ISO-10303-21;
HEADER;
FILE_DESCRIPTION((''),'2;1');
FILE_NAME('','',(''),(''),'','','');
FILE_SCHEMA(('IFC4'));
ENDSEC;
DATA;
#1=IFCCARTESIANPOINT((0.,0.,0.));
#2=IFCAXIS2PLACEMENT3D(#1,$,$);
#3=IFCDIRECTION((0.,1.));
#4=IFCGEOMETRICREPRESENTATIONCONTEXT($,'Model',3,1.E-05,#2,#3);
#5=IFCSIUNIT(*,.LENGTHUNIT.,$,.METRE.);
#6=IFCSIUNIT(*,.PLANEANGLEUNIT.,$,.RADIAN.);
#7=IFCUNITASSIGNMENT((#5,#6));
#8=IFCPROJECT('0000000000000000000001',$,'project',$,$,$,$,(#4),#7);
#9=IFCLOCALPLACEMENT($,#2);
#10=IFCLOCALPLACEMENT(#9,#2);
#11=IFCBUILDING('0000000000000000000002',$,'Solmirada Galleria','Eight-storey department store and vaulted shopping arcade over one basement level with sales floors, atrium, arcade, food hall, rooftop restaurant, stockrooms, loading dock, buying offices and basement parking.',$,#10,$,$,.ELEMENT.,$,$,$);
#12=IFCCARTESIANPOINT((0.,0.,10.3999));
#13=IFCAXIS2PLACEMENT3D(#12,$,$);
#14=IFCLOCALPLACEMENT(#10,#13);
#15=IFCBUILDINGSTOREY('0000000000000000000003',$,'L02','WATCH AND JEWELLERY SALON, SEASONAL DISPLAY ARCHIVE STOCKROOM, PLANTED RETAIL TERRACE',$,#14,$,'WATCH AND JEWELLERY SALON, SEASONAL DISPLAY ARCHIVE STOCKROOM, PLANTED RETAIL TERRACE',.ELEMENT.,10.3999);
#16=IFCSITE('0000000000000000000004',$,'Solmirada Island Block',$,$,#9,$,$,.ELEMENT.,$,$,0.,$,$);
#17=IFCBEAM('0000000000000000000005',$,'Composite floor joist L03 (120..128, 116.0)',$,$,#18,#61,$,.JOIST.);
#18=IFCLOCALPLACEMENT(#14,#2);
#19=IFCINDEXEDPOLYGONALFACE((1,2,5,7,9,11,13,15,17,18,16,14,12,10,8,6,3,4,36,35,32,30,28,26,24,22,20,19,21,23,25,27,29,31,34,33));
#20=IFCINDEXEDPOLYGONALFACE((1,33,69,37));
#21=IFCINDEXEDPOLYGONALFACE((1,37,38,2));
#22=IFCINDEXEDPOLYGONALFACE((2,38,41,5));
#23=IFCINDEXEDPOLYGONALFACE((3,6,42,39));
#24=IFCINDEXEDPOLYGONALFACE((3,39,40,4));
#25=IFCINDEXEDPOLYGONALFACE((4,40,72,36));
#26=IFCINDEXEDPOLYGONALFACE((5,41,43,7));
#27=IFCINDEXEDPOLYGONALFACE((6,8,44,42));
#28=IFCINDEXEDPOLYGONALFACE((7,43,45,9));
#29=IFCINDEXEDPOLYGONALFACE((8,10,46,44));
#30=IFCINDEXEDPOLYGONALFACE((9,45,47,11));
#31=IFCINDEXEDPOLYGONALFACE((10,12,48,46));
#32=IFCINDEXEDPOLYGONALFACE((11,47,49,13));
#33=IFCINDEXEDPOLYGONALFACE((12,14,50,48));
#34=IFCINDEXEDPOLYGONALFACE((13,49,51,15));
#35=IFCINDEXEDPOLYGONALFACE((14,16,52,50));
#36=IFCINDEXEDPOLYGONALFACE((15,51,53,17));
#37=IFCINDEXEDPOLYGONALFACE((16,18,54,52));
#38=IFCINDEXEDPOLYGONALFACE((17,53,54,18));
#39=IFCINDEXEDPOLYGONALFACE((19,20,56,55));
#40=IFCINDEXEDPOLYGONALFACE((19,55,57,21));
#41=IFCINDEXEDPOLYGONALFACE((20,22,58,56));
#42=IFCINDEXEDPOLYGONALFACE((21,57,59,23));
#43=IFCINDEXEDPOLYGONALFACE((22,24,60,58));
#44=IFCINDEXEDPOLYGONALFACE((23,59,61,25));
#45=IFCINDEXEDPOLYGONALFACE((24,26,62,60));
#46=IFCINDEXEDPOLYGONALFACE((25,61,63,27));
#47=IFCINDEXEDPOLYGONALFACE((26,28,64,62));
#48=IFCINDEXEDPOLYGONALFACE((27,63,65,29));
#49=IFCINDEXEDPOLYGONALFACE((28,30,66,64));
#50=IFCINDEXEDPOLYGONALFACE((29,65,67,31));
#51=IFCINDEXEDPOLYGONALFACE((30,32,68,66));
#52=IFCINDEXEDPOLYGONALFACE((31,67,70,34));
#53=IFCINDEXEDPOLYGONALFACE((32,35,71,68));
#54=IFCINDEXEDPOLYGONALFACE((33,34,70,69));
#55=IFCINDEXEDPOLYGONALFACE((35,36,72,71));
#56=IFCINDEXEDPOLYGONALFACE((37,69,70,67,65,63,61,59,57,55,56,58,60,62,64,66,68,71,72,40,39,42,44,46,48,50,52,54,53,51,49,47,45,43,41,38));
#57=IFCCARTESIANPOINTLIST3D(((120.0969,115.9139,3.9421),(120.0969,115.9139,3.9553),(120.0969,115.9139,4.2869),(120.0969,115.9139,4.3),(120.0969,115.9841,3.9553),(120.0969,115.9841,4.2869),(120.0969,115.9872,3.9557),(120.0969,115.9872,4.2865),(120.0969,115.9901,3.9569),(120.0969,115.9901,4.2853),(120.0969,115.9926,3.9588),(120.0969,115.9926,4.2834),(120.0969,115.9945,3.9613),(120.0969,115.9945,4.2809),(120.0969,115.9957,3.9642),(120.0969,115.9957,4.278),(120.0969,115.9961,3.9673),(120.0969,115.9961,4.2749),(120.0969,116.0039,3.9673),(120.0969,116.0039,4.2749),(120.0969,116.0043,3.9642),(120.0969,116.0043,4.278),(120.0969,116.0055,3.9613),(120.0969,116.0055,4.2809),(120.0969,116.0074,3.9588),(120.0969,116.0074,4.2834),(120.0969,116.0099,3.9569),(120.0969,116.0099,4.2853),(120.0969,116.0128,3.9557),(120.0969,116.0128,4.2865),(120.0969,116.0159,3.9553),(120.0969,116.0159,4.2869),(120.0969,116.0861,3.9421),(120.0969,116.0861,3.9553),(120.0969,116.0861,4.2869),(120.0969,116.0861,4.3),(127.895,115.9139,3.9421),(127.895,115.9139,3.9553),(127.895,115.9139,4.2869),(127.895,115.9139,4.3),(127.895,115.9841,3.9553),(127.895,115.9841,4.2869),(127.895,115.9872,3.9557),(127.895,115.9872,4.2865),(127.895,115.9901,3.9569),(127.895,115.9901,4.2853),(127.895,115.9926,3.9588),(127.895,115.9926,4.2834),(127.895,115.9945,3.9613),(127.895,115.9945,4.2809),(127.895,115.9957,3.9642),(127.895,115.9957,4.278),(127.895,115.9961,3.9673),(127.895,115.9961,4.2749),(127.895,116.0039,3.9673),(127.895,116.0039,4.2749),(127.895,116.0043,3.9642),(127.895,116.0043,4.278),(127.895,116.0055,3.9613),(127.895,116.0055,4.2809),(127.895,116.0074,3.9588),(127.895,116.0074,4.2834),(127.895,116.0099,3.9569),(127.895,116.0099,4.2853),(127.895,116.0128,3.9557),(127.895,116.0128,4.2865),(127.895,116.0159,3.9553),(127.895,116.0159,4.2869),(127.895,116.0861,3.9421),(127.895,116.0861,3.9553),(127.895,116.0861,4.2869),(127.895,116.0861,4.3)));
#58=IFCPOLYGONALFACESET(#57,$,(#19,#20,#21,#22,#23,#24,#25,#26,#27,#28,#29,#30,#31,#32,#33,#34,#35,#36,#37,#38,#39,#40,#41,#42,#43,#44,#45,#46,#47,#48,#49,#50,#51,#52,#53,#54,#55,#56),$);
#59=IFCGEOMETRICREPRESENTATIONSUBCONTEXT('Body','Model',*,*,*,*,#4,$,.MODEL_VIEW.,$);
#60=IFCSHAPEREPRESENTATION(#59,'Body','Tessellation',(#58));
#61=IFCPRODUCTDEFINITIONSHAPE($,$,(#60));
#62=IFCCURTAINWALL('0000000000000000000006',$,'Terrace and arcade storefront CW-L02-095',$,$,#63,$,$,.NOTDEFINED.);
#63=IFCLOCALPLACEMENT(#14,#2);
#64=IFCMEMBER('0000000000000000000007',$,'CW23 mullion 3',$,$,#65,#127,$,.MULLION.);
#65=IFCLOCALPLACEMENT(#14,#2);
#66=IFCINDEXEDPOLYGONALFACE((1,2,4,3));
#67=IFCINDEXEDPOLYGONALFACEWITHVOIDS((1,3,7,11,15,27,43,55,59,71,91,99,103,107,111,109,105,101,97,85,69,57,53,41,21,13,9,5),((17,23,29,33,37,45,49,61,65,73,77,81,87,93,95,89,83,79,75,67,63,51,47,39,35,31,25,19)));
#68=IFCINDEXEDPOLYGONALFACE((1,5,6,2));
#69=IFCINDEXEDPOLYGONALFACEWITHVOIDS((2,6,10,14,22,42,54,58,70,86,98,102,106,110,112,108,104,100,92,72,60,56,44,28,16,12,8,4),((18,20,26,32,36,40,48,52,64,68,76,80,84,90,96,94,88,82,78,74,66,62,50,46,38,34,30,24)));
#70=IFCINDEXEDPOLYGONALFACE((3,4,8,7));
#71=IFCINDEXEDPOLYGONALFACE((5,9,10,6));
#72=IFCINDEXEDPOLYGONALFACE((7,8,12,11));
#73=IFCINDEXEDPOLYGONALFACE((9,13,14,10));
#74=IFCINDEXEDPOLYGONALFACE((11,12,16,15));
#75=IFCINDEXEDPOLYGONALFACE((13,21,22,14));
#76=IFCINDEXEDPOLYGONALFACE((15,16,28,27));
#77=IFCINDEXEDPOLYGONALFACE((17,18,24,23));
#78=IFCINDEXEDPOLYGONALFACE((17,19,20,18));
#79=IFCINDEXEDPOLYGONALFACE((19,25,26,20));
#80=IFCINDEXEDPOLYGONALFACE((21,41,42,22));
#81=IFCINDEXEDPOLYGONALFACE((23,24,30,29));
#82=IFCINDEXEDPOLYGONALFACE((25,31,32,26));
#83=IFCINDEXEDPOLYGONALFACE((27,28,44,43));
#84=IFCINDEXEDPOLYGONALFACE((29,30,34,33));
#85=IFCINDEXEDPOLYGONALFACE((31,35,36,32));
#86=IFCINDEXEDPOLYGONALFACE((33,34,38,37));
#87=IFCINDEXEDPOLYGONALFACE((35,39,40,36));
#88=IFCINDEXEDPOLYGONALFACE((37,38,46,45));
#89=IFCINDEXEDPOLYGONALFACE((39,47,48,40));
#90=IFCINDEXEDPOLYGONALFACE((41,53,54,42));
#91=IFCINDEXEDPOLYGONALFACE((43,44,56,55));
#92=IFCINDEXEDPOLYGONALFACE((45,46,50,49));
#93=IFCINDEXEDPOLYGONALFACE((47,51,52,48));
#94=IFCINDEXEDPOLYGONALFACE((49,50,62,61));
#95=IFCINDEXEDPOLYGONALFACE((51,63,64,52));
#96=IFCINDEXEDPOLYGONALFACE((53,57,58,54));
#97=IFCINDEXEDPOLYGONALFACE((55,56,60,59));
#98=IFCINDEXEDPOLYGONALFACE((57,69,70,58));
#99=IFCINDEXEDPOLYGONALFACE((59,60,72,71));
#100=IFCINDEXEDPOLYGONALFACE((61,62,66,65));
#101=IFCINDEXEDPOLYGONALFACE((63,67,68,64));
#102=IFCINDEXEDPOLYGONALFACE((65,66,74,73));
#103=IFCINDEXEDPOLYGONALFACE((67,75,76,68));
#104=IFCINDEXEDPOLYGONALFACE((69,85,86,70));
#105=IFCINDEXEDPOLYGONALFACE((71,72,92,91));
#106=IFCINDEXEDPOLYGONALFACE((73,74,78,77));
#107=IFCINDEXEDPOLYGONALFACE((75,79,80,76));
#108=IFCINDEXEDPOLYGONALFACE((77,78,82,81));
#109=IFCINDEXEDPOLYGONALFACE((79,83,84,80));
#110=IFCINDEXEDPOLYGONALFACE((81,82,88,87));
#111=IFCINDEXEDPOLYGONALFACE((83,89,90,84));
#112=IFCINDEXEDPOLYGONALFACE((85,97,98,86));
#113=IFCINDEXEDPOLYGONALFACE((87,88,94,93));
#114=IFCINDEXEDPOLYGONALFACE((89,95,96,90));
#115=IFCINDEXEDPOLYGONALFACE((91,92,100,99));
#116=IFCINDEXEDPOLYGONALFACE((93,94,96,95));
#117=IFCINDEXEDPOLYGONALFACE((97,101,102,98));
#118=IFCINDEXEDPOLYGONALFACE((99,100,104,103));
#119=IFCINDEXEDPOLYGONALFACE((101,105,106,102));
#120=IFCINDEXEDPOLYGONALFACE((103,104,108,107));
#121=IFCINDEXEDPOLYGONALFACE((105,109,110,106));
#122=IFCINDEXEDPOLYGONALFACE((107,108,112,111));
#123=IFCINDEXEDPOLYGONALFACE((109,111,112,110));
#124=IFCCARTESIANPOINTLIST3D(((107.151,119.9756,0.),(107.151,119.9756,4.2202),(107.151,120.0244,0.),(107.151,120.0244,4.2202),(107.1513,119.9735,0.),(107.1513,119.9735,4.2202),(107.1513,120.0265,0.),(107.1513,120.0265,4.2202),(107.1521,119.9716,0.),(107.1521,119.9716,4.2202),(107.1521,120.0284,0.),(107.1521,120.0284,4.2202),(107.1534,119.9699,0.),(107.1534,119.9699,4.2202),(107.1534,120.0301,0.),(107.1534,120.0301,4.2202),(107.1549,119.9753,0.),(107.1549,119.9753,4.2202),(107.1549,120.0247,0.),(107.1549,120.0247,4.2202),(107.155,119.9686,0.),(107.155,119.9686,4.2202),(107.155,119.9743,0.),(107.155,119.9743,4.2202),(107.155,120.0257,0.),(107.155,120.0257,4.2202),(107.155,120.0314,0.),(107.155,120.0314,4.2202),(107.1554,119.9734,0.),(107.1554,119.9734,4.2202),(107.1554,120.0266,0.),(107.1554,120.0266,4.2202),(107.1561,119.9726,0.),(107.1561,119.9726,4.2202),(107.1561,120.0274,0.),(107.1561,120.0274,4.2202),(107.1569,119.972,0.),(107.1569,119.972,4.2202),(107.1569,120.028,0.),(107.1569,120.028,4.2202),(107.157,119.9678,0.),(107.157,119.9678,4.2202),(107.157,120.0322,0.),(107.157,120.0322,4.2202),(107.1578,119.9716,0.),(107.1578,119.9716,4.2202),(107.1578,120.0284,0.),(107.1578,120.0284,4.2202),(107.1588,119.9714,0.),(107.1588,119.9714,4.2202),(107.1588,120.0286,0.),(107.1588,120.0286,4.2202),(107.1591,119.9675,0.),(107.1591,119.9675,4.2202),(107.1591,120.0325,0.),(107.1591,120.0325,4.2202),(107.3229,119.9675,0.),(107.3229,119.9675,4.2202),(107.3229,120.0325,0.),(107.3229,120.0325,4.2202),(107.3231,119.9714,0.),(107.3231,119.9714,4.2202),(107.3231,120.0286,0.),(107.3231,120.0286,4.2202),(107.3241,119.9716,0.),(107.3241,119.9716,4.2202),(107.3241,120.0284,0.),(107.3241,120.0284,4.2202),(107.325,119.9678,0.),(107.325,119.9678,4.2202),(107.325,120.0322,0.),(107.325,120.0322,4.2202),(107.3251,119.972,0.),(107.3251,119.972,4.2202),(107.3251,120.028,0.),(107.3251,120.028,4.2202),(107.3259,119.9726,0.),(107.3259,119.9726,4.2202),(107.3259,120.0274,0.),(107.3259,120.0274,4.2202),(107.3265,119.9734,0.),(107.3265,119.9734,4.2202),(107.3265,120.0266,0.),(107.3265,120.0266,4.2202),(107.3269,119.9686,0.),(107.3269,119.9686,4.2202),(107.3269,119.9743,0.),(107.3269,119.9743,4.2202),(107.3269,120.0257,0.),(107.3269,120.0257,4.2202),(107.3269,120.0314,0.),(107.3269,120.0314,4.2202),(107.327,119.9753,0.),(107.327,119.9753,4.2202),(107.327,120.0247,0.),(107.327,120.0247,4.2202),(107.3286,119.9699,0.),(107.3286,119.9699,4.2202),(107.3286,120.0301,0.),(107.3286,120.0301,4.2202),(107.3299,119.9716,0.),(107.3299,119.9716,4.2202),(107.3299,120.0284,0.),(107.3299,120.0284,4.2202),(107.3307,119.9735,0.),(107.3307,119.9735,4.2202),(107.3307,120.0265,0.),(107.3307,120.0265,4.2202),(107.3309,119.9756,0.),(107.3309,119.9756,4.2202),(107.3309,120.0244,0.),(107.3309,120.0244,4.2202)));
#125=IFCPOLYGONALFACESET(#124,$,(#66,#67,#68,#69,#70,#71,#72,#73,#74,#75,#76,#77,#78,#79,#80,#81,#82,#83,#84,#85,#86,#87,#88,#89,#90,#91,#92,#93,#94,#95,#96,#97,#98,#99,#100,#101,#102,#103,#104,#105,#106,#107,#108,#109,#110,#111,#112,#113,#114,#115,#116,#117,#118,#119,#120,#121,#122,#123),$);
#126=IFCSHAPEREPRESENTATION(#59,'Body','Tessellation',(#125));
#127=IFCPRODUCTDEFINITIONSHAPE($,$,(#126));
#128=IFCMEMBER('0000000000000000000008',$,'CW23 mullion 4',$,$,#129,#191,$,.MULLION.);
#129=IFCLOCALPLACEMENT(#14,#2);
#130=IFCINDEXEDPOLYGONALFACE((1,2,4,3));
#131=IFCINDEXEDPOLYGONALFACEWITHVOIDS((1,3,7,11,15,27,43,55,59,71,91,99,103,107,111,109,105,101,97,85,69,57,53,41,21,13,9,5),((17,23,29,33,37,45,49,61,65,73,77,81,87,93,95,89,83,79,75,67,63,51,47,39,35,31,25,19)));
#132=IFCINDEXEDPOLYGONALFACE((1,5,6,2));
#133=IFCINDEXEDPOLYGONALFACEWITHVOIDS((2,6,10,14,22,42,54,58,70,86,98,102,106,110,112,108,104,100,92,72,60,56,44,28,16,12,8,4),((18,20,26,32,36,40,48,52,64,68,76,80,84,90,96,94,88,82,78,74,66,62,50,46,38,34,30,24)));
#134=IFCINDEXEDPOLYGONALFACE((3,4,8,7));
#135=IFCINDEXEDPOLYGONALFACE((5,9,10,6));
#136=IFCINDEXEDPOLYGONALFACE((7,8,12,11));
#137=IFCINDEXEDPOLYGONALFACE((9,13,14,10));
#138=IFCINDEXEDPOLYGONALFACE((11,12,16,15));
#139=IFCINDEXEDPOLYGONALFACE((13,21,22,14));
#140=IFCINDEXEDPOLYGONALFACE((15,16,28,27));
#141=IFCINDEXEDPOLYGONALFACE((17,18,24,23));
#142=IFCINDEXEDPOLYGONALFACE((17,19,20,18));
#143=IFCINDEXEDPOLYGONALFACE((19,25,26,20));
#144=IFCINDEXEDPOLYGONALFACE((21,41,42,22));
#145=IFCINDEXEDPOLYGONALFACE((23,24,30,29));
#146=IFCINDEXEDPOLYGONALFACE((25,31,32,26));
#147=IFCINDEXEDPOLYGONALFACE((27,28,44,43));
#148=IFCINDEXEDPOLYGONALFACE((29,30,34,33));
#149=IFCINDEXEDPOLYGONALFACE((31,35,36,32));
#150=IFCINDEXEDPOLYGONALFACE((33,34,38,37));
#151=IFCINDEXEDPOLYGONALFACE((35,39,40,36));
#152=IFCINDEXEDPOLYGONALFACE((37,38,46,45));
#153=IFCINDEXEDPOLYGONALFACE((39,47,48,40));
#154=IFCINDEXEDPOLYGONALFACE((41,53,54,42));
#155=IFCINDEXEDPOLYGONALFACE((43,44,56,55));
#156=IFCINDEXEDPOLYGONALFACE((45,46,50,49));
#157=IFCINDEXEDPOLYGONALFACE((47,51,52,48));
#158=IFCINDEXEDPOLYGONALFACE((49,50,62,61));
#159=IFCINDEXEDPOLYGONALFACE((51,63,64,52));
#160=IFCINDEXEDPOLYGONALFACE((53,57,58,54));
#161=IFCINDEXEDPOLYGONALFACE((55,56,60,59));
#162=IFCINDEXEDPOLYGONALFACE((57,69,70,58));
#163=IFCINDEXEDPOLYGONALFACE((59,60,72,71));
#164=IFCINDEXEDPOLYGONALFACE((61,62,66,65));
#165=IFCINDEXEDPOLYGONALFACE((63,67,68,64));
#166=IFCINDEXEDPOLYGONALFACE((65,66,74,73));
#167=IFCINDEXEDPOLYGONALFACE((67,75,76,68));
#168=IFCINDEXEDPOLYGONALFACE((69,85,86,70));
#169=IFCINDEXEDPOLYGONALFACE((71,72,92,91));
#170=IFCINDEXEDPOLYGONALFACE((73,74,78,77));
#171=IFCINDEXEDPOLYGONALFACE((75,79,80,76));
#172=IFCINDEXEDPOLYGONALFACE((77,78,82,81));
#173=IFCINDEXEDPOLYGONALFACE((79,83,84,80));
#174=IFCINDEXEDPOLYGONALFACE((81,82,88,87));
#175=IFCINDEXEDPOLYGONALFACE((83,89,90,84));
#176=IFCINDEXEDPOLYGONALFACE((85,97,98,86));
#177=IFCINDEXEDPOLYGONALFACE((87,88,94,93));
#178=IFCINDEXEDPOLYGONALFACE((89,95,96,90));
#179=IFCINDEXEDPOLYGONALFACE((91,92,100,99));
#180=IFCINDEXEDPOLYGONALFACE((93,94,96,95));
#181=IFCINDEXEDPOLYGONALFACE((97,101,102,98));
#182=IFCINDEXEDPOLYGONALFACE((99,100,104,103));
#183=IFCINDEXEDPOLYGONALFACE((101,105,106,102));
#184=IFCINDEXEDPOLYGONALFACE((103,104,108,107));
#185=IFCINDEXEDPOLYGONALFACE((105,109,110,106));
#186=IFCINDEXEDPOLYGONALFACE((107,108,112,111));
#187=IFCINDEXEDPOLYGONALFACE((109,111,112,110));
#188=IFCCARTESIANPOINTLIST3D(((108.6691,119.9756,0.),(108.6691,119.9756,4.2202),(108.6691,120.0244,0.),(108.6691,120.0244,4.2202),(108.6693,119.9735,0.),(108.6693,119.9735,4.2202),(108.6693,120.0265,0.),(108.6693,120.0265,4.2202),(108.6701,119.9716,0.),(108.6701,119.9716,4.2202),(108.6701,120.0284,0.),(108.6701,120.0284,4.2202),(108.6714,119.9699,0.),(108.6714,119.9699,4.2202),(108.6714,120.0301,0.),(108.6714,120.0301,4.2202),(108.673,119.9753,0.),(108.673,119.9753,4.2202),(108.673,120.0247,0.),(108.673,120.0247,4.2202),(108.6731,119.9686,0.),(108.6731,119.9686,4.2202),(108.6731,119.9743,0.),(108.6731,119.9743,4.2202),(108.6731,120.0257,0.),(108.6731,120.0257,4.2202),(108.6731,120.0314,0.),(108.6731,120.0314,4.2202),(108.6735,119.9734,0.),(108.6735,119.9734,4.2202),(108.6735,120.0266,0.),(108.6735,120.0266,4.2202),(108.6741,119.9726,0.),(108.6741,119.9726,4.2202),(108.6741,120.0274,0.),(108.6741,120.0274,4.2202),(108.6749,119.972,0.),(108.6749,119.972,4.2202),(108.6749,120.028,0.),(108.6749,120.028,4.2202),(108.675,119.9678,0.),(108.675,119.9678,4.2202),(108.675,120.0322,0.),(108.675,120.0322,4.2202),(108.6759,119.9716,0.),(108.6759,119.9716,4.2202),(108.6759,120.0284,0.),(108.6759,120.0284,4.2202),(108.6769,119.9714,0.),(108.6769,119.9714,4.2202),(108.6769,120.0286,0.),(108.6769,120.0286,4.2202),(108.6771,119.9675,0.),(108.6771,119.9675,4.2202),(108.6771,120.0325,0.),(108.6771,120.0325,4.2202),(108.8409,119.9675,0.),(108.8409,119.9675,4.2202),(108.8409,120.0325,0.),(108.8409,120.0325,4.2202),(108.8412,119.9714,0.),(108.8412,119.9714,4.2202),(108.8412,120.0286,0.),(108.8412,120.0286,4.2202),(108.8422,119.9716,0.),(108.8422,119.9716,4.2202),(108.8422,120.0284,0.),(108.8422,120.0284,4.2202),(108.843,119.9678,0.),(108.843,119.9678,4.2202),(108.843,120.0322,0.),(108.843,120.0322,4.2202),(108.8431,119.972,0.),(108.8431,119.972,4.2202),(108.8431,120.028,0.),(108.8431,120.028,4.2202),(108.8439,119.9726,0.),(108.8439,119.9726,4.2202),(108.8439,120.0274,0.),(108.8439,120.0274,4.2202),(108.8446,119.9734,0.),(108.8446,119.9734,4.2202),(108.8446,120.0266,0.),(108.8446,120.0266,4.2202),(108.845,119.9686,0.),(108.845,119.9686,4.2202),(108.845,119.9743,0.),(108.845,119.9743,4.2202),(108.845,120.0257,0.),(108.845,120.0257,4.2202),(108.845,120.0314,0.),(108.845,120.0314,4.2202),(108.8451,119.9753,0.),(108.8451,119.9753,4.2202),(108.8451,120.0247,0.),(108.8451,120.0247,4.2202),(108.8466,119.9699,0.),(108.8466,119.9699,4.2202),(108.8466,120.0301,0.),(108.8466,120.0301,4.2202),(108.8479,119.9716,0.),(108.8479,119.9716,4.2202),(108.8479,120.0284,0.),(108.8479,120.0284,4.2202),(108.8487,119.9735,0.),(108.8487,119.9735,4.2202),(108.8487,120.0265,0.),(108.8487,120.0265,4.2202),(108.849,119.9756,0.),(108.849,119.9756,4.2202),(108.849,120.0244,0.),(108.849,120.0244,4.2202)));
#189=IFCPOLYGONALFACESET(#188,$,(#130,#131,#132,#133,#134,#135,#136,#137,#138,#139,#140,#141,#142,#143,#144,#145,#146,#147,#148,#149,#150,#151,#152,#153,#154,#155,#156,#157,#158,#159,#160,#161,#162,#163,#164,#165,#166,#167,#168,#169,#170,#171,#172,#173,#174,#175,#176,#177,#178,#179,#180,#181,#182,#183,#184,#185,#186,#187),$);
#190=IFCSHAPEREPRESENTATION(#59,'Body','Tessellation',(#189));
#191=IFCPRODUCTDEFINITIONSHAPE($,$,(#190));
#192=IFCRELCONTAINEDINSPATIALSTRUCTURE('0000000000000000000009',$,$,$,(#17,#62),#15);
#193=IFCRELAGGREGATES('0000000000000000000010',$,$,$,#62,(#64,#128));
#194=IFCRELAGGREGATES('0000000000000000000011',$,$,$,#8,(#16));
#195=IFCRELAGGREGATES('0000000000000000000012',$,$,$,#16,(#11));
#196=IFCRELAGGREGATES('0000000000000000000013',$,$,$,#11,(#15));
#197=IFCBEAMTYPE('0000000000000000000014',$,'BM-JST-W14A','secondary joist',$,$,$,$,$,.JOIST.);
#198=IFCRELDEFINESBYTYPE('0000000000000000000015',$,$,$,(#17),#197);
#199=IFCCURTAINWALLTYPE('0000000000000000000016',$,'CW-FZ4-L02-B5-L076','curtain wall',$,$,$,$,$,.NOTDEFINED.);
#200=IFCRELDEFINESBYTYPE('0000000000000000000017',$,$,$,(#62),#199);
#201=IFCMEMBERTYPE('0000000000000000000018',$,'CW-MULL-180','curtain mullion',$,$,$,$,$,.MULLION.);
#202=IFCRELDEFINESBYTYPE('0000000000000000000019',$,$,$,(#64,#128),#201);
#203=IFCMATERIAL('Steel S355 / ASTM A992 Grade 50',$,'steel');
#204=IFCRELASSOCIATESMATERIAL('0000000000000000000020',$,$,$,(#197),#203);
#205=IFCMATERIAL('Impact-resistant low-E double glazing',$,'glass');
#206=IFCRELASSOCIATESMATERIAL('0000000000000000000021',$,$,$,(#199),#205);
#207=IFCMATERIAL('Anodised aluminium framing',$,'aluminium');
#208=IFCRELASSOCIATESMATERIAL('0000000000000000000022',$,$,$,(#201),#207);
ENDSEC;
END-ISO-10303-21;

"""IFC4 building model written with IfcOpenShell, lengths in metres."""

from ifc_helpers import new_model, si_unit, direction, frame, origin, origin_2d, place, context, subcontext, project, spatial, hollow_rectangle, i_section, extrude, material, material_profile, profile_set, type_object, element, aggregate, save


model = new_model("IFC4")

# Units and contexts
model_context = context("Model", 3, precision=1e-05, world=origin(), true_north=direction((0.0, 1.0)))
body_context = subcontext(model_context, "Body", "Model", "MODEL_VIEW")
ifc_project = project(units=[si_unit("LENGTHUNIT", "METRE"), si_unit("PLANEANGLEUNIT", "RADIAN")], contexts=[model_context])

# Site, building, storey
site_placement = place(None, origin())
site = spatial("IfcSite", under=ifc_project, at=site_placement, Name="Solmirada Island Block", CompositionType="ELEMENT", RefElevation=0.0)
building_placement = place(site_placement, origin())
building = spatial("IfcBuilding", under=site, at=building_placement, Name="Solmirada Galleria", Description="Eight-storey department store and vaulted shopping arcade over one basement level with sales floors, atrium, arcade, food hall, rooftop restaurant, stockrooms, loading dock, buying offices and basement parking.", CompositionType="ELEMENT")
storey_placement = place(building_placement, frame((0.0, 0.0, 10.3999)))
storey = spatial("IfcBuildingStorey", under=building, at=storey_placement, Name="L02", Description="WATCH AND JEWELLERY SALON, SEASONAL DISPLAY ARCHIVE STOCKROOM, PLANTED RETAIL TERRACE", LongName="WATCH AND JEWELLERY SALON, SEASONAL DISPLAY ARCHIVE STOCKROOM, PLANTED RETAIL TERRACE", CompositionType="ELEMENT", Elevation=10.3999)

# Beam
ifc_material_1 = material(Name="Steel S355 / ASTM A992 Grade 50", Category="steel")
ifc_material_profile_1 = material_profile(ifc_material_1, i_section(OverallWidth=0.1721, OverallDepth=0.3579, WebThickness=0.0078, FlangeThickness=0.0132, FilletRadius=0.012, at=origin_2d()), Name="W14X38")
ifc_profile_set_1 = profile_set([ifc_material_profile_1], Name="Steel S355 / ASTM A992 Grade 50")
beam_type_1 = type_object("IfcBeamType", Name="BM-JST-W14A", Description="secondary joist", PredefinedType="JOIST", material=ifc_profile_set_1)
for number, where, z_axis, x_axis, name in (
    (1, (120.0969, 116.0, 4.1211), (1.0, 0.0, 0.0), (0.0, 1.0, 0.0), "Composite floor joist L03 (120..128, 116.0)"),
):
    element("IfcBeam", number, at=place(storey_placement, frame(where, z_axis=z_axis, x_axis=x_axis)), inside=storey, type_object=beam_type_1, Name=name, PredefinedType="JOIST", context=body_context, shape_type="SweptSolid", body=[
        extrude(i_section(OverallWidth=0.1721, OverallDepth=0.3579, WebThickness=0.0078, FlangeThickness=0.0132, FilletRadius=0.012, at=origin_2d()), origin(), (0.0, 0.0, 1.0), 7.7981),
    ])

# Curtain wall, members
ifc_material_2 = material(Name="Impact-resistant low-E double glazing", Category="glass")
curtain_wall_type = type_object("IfcCurtainWallType", Name="CW-FZ4-L02-B5-L076", Description="curtain wall", PredefinedType="NOTDEFINED", material=ifc_material_2)
curtain_wall_placement = place(storey_placement, origin())
curtain_wall = element("IfcCurtainWall", 2, at=curtain_wall_placement, inside=storey, type_object=curtain_wall_type, Name="Terrace and arcade storefront CW-L02-095", PredefinedType="NOTDEFINED")
ifc_material_3 = material(Name="Anodised aluminium framing", Category="aluminium")
ifc_material_profile_2 = material_profile(ifc_material_3, hollow_rectangle(XDim=0.0649, YDim=0.1799, WallThickness=0.0039, InnerFilletRadius=0.0039, OuterFilletRadius=0.0081, at=origin_2d()), Name="ALU-MULL-180X65")
ifc_profile_set_2 = profile_set([ifc_material_profile_2], Name="Anodised aluminium framing")
member_type_1 = type_object("IfcMemberType", Name="CW-MULL-180", Description="curtain mullion", PredefinedType="MULLION", material=ifc_profile_set_2)
member_1_placement = place(storey_placement, frame((107.241, 120.0, 0.0), z_axis=(0.0, 0.0, 1.0), x_axis=(0.0, 1.0, 0.0)))
member_1 = element("IfcMember", 3, at=member_1_placement, type_object=member_type_1, Name="CW23 mullion 3", PredefinedType="MULLION", context=body_context, shape_type="SweptSolid", body=[
    extrude(hollow_rectangle(XDim=0.0649, YDim=0.1799, WallThickness=0.0039, InnerFilletRadius=0.0039, OuterFilletRadius=0.0081, at=origin_2d()), origin(), (0.0, 0.0, 1.0), 4.2202),
])
member_2_placement = place(storey_placement, frame((108.759, 120.0, 0.0), z_axis=(0.0, 0.0, 1.0), x_axis=(0.0, 1.0, 0.0)))
member_2 = element("IfcMember", 4, at=member_2_placement, type_object=member_type_1, Name="CW23 mullion 4", PredefinedType="MULLION", context=body_context, shape_type="SweptSolid", body=[
    extrude(hollow_rectangle(XDim=0.0649, YDim=0.1799, WallThickness=0.0039, InnerFilletRadius=0.0039, OuterFilletRadius=0.0081, at=origin_2d()), origin(), (0.0, 0.0, 1.0), 4.2202),
])
aggregate(curtain_wall, [member_1, member_2])

save(model, "model.ifc")
